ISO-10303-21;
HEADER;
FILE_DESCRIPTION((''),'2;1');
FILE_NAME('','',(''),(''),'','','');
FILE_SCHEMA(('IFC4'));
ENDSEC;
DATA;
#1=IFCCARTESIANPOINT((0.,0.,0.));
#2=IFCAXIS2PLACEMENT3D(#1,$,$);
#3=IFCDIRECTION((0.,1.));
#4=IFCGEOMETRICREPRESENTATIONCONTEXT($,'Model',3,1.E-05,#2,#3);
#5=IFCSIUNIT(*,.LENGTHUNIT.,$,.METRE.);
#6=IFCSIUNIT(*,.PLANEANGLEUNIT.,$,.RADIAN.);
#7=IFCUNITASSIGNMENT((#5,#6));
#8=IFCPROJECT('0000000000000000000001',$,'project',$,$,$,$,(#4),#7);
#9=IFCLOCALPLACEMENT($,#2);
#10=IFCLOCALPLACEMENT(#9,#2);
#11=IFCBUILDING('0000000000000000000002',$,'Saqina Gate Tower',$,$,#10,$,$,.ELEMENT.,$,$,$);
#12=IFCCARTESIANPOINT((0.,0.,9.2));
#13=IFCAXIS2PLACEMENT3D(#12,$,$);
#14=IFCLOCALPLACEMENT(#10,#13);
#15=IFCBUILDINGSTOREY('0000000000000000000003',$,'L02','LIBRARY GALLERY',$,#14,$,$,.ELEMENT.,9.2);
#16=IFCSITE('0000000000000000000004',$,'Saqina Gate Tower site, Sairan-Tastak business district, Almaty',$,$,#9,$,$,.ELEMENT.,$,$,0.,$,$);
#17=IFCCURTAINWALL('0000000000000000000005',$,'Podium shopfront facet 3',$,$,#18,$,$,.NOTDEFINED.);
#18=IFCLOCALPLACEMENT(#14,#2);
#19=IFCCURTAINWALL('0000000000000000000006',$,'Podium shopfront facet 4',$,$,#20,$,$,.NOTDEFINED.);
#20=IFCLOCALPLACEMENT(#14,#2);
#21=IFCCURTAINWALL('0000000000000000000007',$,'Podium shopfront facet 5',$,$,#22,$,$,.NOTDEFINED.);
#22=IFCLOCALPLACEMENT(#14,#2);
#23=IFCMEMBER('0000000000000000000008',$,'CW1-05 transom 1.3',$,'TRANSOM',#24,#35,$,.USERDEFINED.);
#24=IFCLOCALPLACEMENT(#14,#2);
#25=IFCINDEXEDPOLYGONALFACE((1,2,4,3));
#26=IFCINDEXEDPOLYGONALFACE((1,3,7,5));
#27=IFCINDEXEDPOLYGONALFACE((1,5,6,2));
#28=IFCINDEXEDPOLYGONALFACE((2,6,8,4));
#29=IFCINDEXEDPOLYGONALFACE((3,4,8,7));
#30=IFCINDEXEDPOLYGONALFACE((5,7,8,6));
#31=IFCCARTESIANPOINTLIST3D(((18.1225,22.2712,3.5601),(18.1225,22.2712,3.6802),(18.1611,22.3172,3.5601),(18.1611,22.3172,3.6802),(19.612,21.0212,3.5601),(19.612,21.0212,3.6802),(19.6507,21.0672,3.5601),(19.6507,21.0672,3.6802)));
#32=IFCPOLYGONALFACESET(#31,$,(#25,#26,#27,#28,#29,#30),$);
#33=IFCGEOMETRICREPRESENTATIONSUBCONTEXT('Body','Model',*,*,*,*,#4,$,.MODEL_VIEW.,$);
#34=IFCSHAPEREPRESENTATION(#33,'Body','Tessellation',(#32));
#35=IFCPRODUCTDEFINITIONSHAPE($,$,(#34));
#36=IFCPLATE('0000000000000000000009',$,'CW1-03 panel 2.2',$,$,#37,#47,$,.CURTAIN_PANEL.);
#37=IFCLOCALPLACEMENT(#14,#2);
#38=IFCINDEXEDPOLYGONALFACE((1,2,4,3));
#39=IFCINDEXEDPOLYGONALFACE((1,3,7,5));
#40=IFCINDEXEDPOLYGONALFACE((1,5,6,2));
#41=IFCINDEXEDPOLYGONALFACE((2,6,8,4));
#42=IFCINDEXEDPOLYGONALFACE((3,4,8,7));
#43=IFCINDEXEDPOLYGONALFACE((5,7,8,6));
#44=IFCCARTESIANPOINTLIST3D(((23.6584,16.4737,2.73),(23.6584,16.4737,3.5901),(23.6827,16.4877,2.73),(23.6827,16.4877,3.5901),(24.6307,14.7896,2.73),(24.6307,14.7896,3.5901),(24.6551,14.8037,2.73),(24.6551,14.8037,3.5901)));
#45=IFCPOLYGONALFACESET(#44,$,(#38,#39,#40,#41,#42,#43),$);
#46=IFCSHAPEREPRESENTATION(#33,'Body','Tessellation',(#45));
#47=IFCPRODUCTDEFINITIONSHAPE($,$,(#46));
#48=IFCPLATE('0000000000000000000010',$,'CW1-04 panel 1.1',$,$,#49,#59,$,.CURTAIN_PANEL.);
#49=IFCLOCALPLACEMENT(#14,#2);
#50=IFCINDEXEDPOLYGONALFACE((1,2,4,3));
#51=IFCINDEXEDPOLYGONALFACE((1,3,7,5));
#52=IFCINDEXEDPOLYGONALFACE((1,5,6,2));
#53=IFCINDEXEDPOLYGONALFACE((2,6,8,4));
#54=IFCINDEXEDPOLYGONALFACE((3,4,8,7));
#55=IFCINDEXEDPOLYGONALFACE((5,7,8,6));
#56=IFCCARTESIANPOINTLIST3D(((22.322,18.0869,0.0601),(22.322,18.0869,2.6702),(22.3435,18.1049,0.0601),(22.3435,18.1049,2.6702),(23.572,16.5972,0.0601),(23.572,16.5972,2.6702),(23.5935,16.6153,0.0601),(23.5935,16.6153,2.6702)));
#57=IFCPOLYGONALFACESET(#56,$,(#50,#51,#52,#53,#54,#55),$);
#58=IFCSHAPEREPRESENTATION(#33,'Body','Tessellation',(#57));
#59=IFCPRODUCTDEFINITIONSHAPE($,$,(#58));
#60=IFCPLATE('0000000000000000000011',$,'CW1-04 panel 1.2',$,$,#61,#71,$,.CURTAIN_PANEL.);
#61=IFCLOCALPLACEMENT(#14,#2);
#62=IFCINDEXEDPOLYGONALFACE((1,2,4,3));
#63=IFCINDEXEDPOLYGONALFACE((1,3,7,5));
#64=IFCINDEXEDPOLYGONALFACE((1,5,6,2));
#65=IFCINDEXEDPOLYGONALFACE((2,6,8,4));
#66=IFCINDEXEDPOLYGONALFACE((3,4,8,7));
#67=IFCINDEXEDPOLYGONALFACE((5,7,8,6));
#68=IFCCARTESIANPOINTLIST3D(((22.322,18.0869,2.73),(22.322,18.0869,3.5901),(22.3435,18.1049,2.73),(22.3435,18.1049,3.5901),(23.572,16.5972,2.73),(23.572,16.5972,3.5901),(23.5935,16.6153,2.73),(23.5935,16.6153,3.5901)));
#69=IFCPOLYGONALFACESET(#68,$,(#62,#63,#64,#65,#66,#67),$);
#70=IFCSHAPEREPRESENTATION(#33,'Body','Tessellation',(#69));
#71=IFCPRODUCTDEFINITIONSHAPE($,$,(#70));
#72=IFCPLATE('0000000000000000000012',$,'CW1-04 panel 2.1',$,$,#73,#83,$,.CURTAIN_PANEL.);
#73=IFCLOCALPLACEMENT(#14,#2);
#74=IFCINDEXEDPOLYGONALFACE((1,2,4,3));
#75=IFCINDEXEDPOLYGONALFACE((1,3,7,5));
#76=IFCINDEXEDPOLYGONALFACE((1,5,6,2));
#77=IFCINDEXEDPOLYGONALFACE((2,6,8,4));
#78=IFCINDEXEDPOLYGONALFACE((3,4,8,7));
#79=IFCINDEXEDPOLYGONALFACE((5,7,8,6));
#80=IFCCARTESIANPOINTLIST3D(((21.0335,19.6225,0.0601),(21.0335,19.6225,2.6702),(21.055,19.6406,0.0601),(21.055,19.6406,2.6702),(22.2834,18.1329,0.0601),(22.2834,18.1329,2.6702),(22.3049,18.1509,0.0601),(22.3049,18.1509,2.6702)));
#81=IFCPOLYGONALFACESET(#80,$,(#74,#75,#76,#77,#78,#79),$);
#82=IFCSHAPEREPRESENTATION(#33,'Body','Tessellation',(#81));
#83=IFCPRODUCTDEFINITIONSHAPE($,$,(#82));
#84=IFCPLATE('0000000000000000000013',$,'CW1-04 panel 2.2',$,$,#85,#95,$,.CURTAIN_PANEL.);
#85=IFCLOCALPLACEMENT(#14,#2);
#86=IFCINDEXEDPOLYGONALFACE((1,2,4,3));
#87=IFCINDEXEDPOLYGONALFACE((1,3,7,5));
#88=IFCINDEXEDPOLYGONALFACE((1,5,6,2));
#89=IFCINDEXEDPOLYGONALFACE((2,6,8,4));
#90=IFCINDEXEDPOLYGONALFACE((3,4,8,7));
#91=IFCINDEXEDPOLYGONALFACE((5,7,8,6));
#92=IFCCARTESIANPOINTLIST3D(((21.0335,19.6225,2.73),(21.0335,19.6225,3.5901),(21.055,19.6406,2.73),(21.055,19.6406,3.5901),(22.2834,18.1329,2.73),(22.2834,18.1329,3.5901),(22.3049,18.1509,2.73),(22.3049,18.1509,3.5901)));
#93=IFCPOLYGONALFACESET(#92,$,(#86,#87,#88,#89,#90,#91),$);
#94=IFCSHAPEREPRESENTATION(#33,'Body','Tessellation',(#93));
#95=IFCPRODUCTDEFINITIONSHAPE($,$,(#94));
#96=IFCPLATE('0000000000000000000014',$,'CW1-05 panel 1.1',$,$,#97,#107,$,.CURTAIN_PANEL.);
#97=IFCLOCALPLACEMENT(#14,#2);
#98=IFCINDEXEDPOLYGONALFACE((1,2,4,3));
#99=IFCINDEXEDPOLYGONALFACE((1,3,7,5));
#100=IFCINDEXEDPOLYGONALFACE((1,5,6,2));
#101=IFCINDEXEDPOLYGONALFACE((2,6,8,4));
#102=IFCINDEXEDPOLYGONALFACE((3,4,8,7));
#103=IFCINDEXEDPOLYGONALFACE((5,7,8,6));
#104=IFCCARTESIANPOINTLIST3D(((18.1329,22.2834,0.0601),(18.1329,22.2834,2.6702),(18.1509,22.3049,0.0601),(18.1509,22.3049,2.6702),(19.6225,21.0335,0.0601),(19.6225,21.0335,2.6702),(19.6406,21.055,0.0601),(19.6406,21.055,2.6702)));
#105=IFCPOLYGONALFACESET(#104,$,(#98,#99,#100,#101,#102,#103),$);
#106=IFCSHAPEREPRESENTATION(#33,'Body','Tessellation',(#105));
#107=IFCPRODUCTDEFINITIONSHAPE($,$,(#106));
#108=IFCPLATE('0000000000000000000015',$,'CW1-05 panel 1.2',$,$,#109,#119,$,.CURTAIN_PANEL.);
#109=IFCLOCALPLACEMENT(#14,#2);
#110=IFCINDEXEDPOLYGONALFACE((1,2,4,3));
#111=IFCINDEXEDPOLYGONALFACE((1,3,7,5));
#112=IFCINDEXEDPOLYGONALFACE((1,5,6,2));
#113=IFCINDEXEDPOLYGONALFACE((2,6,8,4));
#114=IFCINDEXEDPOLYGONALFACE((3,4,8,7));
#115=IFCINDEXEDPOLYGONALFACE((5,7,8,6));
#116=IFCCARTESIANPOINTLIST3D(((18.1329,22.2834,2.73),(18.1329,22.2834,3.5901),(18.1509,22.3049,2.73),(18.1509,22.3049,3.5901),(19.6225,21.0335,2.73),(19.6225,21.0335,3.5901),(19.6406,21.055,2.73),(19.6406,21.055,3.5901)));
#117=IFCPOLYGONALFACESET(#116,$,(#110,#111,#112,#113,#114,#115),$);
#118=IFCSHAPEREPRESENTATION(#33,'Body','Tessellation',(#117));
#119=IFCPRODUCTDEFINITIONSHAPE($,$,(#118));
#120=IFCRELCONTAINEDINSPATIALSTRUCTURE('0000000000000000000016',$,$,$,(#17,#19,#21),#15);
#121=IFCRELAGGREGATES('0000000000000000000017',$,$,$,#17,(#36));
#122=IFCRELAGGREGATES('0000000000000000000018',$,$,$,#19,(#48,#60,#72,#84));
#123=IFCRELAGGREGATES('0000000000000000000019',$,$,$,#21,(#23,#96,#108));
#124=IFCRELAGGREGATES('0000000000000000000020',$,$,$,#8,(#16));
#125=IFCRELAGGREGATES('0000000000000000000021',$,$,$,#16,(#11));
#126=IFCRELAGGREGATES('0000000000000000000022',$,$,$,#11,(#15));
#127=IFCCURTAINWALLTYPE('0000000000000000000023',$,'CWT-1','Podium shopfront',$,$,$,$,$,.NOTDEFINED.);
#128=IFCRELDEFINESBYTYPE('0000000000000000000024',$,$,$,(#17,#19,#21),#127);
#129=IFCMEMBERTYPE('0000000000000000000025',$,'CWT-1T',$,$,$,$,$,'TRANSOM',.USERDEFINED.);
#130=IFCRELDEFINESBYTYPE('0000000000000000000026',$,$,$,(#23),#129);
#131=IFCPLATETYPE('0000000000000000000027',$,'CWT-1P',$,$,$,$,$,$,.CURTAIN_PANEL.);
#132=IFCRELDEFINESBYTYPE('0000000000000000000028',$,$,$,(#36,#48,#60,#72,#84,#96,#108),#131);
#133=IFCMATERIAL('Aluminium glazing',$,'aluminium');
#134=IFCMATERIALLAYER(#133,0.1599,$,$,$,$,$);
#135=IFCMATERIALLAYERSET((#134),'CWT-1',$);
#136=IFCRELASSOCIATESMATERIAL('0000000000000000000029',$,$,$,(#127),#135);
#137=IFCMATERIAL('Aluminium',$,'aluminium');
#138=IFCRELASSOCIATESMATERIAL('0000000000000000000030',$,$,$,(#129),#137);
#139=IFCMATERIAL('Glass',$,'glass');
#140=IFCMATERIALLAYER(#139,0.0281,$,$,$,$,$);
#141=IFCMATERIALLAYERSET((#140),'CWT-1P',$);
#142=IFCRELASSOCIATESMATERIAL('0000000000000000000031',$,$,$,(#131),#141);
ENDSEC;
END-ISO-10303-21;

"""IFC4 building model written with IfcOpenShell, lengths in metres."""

from ifc_helpers import new_model, si_unit, direction, frame, origin, origin_2d, place, context, subcontext, project, spatial, rectangle, extrude, material, layer, layer_set, material_profile, profile_set, type_object, element, aggregate, save


model = new_model("IFC4")

# Units and contexts
model_context = context("Model", 3, precision=1e-05, world=origin(), true_north=direction((0.0, 1.0)))
body_context = subcontext(model_context, "Body", "Model", "MODEL_VIEW")
ifc_project = project(units=[si_unit("LENGTHUNIT", "METRE"), si_unit("PLANEANGLEUNIT", "RADIAN")], contexts=[model_context])

# Site, building, storey
site_placement = place(None, origin())
site = spatial("IfcSite", under=ifc_project, at=site_placement, Name="Saqina Gate Tower site, Sairan-Tastak business district, Almaty", CompositionType="ELEMENT", RefElevation=0.0)
building_placement = place(site_placement, origin())
building = spatial("IfcBuilding", under=site, at=building_placement, Name="Saqina Gate Tower", CompositionType="ELEMENT")
storey_placement = place(building_placement, frame((0.0, 0.0, 9.2)))
storey = spatial("IfcBuildingStorey", under=building, at=storey_placement, Name="L02", Description="LIBRARY GALLERY", CompositionType="ELEMENT", Elevation=9.2)

# Curtain wall
ifc_material_1 = material(Name="Aluminium glazing", Category="aluminium")
ifc_layer_1 = layer(ifc_material_1, 0.1599)
ifc_layer_set_1 = layer_set([ifc_layer_1], Name="CWT-1")
curtain_wall_type = type_object("IfcCurtainWallType", Name="CWT-1", Description="Podium shopfront", PredefinedType="NOTDEFINED", material=ifc_layer_set_1)
curtain_wall_1_placement = place(storey_placement, origin())
curtain_wall_1 = element("IfcCurtainWall", 1, at=curtain_wall_1_placement, inside=storey, type_object=curtain_wall_type, Name="Podium shopfront facet 3", PredefinedType="NOTDEFINED")

# Curtain wall
curtain_wall_2_placement = place(storey_placement, origin())
curtain_wall_2 = element("IfcCurtainWall", 2, at=curtain_wall_2_placement, inside=storey, type_object=curtain_wall_type, Name="Podium shopfront facet 4", PredefinedType="NOTDEFINED")

# Curtain wall
curtain_wall_3_placement = place(storey_placement, origin())
curtain_wall_3 = element("IfcCurtainWall", 3, at=curtain_wall_3_placement, inside=storey, type_object=curtain_wall_type, Name="Podium shopfront facet 5", PredefinedType="NOTDEFINED")

# Member
ifc_material_2 = material(Name="Aluminium", Category="aluminium")
ifc_material_profile_1 = material_profile(ifc_material_2, rectangle(XDim=0.0601, YDim=0.1201, at=origin_2d()), Name="Aluminium 60x120")
ifc_profile_set_1 = profile_set([ifc_material_profile_1], Name="Aluminium")
member_type_1 = type_object("IfcMemberType", Name="CWT-1T", ElementType="TRANSOM", PredefinedType="USERDEFINED", material=ifc_profile_set_1)
member_1_placement = place(storey_placement, frame((19.6313, 21.0442, 3.6201), z_axis=(-0.766004, 0.642836, 0.0), x_axis=(-0.642836, -0.766004, 0.0)))
member_1 = element("IfcMember", 4, at=member_1_placement, type_object=member_type_1, Name="CW1-05 transom 1.3", ObjectType="TRANSOM", PredefinedType="USERDEFINED", context=body_context, shape_type="SweptSolid", body=[
    extrude(rectangle(XDim=0.0601, YDim=0.1201, at=origin_2d()), origin(), (0.0, 0.0, 1.0), 1.9446),
])

# Plates
ifc_material_3 = material(Name="Glass", Category="glass")
ifc_layer_2 = layer(ifc_material_3, 0.0281)
ifc_layer_set_2 = layer_set([ifc_layer_2], Name="CWT-1P")
plate_type = type_object("IfcPlateType", Name="CWT-1P", PredefinedType="CURTAIN_PANEL", material=ifc_layer_set_2)
plate_1_placement = place(storey_placement, frame((24.1567, 15.6387, 2.73), z_axis=(0.0, 0.0, 1.0), x_axis=(-0.500014, 0.866017, 0.0)))
plate_1 = element("IfcPlate", 5, at=plate_1_placement, type_object=plate_type, Name="CW1-03 panel 2.2", PredefinedType="CURTAIN_PANEL", context=body_context, shape_type="SweptSolid", body=[
    extrude(rectangle(XDim=1.9446, YDim=0.0281, at=origin_2d()), origin(), (0.0, 0.0, 1.0), 0.8601),
])
aggregate(curtain_wall_1, [plate_1])
plate_2_placement = place(storey_placement, frame((22.9578, 17.3511, 0.0601), z_axis=(0.0, 0.0, 1.0), x_axis=(-0.642779, 0.766051, 0.0)))
plate_2 = element("IfcPlate", 6, at=plate_2_placement, type_object=plate_type, Name="CW1-04 panel 1.1", PredefinedType="CURTAIN_PANEL", context=body_context, shape_type="SweptSolid", body=[
    extrude(rectangle(XDim=1.9446, YDim=0.0281, at=origin_2d()), origin(), (0.0, 0.0, 1.0), 2.6101),
])
plate_3_placement = place(storey_placement, frame((22.9578, 17.3511, 2.73), z_axis=(0.0, 0.0, 1.0), x_axis=(-0.642779, 0.766051, 0.0)))
plate_3 = element("IfcPlate", 7, at=plate_3_placement, type_object=plate_type, Name="CW1-04 panel 1.2", PredefinedType="CURTAIN_PANEL", context=body_context, shape_type="SweptSolid", body=[
    extrude(rectangle(XDim=1.9446, YDim=0.0281, at=origin_2d()), origin(), (0.0, 0.0, 1.0), 0.8601),
])
plate_4_placement = place(storey_placement, frame((21.6692, 18.8867, 0.0601), z_axis=(0.0, 0.0, 1.0), x_axis=(-0.642779, 0.766051, 0.0)))
plate_4 = element("IfcPlate", 8, at=plate_4_placement, type_object=plate_type, Name="CW1-04 panel 2.1", PredefinedType="CURTAIN_PANEL", context=body_context, shape_type="SweptSolid", body=[
    extrude(rectangle(XDim=1.9446, YDim=0.0281, at=origin_2d()), origin(), (0.0, 0.0, 1.0), 2.6101),
])
plate_5_placement = place(storey_placement, frame((21.6692, 18.8867, 2.73), z_axis=(0.0, 0.0, 1.0), x_axis=(-0.642779, 0.766051, 0.0)))
plate_5 = element("IfcPlate", 9, at=plate_5_placement, type_object=plate_type, Name="CW1-04 panel 2.2", PredefinedType="CURTAIN_PANEL", context=body_context, shape_type="SweptSolid", body=[
    extrude(rectangle(XDim=1.9446, YDim=0.0281, at=origin_2d()), origin(), (0.0, 0.0, 1.0), 0.8601),
])
aggregate(curtain_wall_2, [plate_2, plate_3, plate_4, plate_5])
plate_6_placement = place(storey_placement, frame((18.8867, 21.6692, 0.0601), z_axis=(0.0, 0.0, 1.0), x_axis=(-0.766051, 0.642779, 0.0)))
plate_6 = element("IfcPlate", 10, at=plate_6_placement, type_object=plate_type, Name="CW1-05 panel 1.1", PredefinedType="CURTAIN_PANEL", context=body_context, shape_type="SweptSolid", body=[
    extrude(rectangle(XDim=1.9446, YDim=0.0281, at=origin_2d()), origin(), (0.0, 0.0, 1.0), 2.6101),
])
plate_7_placement = place(storey_placement, frame((18.8867, 21.6692, 2.73), z_axis=(0.0, 0.0, 1.0), x_axis=(-0.766051, 0.642779, 0.0)))
plate_7 = element("IfcPlate", 11, at=plate_7_placement, type_object=plate_type, Name="CW1-05 panel 1.2", PredefinedType="CURTAIN_PANEL", context=body_context, shape_type="SweptSolid", body=[
    extrude(rectangle(XDim=1.9446, YDim=0.0281, at=origin_2d()), origin(), (0.0, 0.0, 1.0), 0.8601),
])
aggregate(curtain_wall_3, [member_1, plate_6, plate_7])

save(model, "model.ifc")
